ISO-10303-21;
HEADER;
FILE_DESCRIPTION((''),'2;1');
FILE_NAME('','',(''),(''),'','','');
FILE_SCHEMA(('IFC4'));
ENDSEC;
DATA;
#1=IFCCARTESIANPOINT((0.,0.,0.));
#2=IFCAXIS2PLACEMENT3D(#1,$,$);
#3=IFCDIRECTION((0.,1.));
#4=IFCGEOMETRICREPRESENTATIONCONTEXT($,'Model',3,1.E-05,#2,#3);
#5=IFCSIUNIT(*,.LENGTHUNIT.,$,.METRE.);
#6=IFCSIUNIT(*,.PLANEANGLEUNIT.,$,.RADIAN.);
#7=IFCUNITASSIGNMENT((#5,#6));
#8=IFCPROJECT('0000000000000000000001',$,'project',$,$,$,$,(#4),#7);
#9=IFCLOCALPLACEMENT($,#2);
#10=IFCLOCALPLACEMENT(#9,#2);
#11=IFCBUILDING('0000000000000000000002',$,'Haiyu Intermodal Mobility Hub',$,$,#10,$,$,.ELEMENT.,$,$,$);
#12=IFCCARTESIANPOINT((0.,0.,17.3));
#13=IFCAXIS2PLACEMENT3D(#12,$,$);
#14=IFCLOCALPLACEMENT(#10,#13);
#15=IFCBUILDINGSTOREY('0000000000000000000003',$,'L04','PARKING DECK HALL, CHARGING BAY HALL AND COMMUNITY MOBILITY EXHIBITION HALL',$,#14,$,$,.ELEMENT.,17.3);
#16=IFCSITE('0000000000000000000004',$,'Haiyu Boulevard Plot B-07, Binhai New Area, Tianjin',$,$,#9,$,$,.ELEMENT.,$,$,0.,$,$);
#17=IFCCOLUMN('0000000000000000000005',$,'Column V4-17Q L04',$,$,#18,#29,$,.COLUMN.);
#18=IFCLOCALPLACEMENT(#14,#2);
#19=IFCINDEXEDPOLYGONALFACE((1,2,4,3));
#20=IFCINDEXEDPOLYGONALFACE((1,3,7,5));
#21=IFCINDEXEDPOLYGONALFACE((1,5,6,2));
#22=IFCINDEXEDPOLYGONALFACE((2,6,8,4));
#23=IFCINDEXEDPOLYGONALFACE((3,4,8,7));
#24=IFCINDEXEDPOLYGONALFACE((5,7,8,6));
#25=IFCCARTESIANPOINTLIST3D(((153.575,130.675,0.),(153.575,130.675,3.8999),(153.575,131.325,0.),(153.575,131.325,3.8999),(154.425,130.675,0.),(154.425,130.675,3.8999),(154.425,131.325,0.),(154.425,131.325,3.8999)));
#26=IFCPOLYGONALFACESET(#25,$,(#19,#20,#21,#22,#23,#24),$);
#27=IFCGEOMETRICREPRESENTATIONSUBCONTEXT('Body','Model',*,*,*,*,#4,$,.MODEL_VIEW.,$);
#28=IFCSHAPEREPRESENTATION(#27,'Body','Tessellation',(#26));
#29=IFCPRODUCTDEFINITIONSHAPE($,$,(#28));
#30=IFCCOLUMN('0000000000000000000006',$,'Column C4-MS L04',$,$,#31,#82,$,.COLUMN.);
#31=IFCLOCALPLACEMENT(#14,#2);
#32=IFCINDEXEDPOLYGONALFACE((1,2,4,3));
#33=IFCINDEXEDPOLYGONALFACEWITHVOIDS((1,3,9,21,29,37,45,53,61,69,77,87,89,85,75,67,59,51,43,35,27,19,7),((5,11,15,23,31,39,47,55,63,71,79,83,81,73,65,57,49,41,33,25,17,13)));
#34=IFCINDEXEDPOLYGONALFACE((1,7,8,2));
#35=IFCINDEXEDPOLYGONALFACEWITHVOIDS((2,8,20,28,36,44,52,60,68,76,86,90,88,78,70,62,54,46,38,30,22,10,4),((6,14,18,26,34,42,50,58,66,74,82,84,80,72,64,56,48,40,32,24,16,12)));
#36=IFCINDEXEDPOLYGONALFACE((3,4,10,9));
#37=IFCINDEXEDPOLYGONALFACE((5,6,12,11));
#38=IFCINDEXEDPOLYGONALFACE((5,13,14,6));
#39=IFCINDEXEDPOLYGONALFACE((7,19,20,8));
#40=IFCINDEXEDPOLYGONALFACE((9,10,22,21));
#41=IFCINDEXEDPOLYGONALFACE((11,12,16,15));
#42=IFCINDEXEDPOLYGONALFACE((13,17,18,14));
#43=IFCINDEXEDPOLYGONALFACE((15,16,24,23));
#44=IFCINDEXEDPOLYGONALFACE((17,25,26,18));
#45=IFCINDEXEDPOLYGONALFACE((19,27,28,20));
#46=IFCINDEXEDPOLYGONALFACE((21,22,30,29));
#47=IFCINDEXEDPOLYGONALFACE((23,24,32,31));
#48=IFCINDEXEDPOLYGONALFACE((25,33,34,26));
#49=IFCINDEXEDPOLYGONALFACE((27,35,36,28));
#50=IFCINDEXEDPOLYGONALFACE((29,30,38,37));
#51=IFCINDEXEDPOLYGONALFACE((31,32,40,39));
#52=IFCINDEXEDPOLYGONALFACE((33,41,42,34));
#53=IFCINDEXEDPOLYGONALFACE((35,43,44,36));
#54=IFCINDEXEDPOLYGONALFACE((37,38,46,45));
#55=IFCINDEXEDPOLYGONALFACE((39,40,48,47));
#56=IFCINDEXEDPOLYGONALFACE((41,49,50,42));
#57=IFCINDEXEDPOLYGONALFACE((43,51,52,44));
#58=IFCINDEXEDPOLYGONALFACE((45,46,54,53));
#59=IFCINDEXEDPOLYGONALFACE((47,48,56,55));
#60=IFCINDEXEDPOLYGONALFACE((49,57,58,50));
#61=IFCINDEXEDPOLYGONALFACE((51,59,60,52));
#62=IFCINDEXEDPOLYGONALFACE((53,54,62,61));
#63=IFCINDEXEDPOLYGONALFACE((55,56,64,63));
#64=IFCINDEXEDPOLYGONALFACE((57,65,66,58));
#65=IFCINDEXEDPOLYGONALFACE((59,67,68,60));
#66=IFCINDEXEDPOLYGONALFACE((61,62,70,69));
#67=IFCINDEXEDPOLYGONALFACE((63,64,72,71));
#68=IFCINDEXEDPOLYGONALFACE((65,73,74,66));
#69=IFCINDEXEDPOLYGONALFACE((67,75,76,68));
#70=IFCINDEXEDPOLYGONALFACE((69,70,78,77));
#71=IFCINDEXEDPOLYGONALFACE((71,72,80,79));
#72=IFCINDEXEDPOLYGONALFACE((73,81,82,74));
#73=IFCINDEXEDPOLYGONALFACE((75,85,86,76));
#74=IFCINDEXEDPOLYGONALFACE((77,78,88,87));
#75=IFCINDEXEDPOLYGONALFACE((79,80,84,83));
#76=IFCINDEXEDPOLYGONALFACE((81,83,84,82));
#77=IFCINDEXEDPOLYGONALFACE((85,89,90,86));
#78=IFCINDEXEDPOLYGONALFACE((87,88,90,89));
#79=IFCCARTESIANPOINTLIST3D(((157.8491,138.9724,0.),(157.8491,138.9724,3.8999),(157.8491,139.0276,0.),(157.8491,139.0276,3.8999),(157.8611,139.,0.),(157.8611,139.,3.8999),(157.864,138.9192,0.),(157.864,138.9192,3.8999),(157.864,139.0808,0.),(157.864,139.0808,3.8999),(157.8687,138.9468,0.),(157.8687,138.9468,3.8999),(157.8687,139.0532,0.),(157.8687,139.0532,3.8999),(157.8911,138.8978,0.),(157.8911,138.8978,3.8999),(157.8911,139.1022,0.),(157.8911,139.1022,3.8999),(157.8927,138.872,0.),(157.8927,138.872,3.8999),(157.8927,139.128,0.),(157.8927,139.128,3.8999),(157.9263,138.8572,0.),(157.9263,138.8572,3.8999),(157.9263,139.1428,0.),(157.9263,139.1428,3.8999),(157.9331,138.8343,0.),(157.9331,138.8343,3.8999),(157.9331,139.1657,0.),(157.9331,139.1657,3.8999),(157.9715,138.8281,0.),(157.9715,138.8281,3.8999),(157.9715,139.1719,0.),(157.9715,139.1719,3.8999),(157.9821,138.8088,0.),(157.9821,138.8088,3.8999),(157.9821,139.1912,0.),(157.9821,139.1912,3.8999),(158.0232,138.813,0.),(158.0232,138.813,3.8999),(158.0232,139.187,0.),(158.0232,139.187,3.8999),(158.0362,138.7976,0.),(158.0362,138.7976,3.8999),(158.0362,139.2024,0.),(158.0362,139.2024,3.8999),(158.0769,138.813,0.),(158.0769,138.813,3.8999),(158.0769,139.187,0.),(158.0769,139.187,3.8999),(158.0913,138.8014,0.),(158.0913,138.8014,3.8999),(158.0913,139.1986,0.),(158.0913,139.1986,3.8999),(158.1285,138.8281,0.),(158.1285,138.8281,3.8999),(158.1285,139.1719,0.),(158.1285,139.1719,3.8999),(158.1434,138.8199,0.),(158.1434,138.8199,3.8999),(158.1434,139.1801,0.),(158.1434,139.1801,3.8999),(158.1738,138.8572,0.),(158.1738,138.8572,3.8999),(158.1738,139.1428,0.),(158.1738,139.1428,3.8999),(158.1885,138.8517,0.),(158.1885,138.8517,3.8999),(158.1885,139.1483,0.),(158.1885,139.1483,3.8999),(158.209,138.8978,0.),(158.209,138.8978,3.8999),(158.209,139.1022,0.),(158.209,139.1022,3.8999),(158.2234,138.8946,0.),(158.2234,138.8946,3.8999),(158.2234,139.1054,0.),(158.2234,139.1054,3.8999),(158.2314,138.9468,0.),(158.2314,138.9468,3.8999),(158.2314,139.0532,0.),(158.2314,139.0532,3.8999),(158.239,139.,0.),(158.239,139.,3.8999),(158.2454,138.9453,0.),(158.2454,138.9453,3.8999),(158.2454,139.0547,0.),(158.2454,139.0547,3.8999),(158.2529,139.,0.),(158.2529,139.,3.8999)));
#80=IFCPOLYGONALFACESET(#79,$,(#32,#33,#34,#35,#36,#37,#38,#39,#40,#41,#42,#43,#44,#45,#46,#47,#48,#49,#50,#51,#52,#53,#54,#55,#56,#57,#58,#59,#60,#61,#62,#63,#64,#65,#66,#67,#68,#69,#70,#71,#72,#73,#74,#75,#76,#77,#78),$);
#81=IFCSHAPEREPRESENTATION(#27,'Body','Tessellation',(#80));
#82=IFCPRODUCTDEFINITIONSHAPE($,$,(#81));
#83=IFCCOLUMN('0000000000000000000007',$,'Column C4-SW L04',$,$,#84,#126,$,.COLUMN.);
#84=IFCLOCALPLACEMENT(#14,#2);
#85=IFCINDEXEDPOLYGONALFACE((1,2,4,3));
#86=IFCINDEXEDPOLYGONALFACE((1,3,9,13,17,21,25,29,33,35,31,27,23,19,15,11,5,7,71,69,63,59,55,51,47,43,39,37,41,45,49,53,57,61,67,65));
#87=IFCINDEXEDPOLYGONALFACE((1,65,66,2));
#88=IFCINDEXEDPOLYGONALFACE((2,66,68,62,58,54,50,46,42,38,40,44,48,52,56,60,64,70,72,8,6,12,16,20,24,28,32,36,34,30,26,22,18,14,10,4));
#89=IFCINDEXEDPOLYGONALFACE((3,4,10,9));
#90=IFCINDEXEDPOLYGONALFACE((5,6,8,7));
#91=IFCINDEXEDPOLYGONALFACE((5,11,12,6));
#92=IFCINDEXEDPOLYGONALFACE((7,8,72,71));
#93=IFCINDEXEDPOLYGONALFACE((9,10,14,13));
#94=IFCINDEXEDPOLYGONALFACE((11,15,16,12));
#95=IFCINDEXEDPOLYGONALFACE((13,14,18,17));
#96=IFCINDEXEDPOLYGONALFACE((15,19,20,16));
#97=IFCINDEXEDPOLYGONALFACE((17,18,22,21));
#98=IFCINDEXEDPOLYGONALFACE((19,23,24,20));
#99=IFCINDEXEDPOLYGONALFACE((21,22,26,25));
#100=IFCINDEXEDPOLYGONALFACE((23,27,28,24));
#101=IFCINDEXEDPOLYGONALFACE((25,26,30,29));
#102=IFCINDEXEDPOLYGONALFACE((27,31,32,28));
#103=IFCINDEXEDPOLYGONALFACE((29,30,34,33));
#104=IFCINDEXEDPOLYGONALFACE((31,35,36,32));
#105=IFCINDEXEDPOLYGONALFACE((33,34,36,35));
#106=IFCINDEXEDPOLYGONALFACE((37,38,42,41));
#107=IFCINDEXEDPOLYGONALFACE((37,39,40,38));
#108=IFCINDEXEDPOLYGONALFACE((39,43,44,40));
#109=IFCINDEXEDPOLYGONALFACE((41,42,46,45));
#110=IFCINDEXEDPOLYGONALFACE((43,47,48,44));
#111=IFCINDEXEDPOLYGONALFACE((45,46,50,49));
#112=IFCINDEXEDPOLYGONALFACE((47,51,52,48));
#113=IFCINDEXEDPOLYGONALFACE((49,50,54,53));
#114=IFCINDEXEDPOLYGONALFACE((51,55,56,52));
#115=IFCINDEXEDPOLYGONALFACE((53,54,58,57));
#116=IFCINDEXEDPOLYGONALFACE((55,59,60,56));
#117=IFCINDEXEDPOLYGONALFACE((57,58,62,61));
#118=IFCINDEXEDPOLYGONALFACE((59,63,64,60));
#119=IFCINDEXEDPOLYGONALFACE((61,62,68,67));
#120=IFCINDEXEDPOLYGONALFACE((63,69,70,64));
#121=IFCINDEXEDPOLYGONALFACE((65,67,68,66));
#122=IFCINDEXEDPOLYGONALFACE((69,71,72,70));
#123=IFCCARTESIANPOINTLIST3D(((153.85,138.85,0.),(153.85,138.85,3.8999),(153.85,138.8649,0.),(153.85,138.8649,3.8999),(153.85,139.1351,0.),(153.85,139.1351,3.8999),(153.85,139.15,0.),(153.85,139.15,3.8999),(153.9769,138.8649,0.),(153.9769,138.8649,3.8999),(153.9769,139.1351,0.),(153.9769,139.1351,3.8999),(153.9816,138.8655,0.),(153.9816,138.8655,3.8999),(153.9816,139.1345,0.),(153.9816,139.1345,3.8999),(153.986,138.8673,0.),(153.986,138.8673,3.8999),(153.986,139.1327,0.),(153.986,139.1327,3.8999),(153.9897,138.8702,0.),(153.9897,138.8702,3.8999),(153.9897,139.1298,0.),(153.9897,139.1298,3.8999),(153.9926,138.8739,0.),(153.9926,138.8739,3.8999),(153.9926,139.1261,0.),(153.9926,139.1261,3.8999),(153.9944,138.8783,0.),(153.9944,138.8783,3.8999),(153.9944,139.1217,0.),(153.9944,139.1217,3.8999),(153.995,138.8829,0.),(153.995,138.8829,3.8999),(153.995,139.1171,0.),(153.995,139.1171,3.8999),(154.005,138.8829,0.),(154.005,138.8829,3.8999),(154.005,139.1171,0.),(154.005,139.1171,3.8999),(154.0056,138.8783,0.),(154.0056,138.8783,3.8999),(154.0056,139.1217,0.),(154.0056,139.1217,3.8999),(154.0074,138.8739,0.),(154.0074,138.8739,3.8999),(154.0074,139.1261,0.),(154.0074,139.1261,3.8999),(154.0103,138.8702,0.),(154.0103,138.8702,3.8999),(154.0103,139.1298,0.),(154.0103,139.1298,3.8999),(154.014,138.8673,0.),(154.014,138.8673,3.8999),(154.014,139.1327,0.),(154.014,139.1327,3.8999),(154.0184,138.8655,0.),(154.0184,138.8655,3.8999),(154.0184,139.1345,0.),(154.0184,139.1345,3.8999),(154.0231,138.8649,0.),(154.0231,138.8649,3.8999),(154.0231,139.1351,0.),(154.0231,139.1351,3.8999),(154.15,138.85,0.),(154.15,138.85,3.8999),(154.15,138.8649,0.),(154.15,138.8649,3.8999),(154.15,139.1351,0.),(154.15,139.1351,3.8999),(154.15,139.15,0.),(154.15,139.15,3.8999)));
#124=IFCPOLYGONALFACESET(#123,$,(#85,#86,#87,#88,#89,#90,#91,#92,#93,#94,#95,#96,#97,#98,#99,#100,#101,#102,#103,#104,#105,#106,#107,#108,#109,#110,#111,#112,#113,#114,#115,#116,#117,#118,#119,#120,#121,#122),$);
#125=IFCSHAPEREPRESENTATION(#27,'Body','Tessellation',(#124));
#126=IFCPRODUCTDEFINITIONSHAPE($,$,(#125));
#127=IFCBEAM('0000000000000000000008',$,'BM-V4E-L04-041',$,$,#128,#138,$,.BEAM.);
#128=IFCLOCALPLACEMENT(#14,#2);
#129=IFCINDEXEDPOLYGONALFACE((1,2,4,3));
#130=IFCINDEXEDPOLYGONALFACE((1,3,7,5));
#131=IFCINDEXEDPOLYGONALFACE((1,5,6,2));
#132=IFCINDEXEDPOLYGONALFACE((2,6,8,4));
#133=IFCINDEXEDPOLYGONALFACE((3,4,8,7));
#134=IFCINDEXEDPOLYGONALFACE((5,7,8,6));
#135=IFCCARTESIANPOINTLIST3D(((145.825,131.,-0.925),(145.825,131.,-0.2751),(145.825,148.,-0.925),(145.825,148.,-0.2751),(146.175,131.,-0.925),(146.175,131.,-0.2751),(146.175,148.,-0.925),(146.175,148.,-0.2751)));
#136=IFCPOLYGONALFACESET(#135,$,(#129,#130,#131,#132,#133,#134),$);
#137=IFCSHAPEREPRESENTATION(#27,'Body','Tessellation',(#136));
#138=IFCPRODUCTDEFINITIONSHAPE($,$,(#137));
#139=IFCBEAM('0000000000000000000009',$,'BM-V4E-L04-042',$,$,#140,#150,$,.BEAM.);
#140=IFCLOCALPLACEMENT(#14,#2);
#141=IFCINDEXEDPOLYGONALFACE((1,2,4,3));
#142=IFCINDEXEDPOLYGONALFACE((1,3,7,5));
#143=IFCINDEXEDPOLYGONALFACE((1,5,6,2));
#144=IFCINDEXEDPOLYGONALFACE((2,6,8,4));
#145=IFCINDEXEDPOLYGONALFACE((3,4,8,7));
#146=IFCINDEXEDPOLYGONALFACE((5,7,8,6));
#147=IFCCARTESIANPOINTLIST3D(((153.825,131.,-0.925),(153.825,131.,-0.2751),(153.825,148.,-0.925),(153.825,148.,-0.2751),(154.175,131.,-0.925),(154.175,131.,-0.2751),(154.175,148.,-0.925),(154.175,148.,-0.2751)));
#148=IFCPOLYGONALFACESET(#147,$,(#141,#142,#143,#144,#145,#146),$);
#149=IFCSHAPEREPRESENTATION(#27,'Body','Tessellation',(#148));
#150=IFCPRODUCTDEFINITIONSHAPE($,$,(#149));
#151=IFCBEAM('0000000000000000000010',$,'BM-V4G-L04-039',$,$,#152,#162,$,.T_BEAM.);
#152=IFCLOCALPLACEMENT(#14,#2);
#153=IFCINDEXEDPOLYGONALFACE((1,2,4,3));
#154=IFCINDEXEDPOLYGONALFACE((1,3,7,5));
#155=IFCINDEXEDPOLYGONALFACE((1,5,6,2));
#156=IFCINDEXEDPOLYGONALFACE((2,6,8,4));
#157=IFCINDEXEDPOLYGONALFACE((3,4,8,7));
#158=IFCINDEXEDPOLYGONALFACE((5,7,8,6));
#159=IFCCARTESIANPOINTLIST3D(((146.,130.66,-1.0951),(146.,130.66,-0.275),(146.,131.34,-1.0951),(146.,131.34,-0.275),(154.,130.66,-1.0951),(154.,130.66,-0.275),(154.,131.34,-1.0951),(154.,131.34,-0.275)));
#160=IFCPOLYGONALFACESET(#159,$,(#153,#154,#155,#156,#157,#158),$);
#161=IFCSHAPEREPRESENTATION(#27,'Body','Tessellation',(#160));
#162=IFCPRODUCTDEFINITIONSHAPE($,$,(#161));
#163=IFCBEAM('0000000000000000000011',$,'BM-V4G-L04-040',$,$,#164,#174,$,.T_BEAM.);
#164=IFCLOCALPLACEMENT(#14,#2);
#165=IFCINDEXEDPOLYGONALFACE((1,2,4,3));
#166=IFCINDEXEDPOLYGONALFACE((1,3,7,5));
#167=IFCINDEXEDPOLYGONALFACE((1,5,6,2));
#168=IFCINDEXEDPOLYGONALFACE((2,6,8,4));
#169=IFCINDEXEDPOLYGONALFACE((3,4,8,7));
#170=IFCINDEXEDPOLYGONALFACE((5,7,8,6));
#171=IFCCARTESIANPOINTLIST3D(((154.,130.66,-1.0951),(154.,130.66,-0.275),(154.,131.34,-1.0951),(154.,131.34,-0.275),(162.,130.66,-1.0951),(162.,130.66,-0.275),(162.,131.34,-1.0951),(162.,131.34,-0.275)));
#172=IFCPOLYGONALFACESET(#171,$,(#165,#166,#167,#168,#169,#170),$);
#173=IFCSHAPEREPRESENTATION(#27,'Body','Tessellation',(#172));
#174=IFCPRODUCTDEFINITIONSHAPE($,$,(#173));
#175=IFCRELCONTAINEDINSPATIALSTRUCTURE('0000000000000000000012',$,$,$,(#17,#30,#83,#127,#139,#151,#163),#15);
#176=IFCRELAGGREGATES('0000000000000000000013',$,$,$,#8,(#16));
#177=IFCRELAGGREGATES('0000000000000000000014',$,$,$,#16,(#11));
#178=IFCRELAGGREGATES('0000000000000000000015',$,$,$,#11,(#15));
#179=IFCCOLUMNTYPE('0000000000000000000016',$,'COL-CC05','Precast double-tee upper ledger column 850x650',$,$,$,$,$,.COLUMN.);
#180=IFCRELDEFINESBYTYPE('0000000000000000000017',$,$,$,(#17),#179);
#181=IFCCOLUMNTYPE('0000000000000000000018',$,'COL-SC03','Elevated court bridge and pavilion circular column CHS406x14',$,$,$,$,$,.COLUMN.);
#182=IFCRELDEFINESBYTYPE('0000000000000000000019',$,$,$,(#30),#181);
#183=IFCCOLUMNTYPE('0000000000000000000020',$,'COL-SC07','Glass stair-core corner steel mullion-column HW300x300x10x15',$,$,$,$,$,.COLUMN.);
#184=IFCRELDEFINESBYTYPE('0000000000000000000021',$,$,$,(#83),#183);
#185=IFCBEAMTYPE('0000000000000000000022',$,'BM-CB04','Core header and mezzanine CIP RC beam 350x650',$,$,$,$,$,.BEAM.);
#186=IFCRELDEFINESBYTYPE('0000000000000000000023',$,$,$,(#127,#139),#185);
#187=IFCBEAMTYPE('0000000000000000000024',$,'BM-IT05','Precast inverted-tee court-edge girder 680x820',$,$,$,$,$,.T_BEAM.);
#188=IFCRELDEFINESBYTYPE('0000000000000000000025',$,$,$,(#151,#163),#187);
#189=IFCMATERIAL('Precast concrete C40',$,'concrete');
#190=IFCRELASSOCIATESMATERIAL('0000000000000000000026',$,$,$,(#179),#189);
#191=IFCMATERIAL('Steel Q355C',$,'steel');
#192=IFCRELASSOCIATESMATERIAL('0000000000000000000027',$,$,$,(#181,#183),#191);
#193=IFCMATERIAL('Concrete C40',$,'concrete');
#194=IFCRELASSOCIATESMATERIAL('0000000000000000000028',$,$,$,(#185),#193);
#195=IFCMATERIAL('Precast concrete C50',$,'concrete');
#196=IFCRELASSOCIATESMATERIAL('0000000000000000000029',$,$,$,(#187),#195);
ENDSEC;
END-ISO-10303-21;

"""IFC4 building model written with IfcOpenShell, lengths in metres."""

from ifc_helpers import new_model, si_unit, direction, frame, origin, origin_2d, place, context, subcontext, project, spatial, rectangle, hollow_circle, i_section, extrude, material, material_profile, profile_set, type_object, element, save


model = new_model("IFC4")

# Units and contexts
model_context = context("Model", 3, precision=1e-05, world=origin(), true_north=direction((0.0, 1.0)))
body_context = subcontext(model_context, "Body", "Model", "MODEL_VIEW")
ifc_project = project(units=[si_unit("LENGTHUNIT", "METRE"), si_unit("PLANEANGLEUNIT", "RADIAN")], contexts=[model_context])

# Site, building, storey
site_placement = place(None, origin())
site = spatial("IfcSite", under=ifc_project, at=site_placement, Name="Haiyu Boulevard Plot B-07, Binhai New Area, Tianjin", CompositionType="ELEMENT", RefElevation=0.0)
building_placement = place(site_placement, origin())
building = spatial("IfcBuilding", under=site, at=building_placement, Name="Haiyu Intermodal Mobility Hub", CompositionType="ELEMENT")
storey_placement = place(building_placement, frame((0.0, 0.0, 17.3)))
storey = spatial("IfcBuildingStorey", under=building, at=storey_placement, Name="L04", Description="PARKING DECK HALL, CHARGING BAY HALL AND COMMUNITY MOBILITY EXHIBITION HALL", CompositionType="ELEMENT", Elevation=17.3)

# Columns
ifc_material_1 = material(Name="Precast concrete C40", Category="concrete")
ifc_material_profile_1 = material_profile(ifc_material_1, rectangle(XDim=0.8501, YDim=0.6499, at=origin_2d()), Name="RC850x650")
ifc_profile_set_1 = profile_set([ifc_material_profile_1], Name="Precast concrete C40")
column_type_1 = type_object("IfcColumnType", Name="COL-CC05", Description="Precast double-tee upper ledger column 850x650", PredefinedType="COLUMN", material=ifc_profile_set_1)
column_1_placement = place(storey_placement, frame((154.0, 131.0, 0.0), z_axis=(0.0, 0.0, 1.0), x_axis=(1.0, 0.0, 0.0)))
element("IfcColumn", 1, at=column_1_placement, inside=storey, type_object=column_type_1, Name="Column V4-17Q L04", PredefinedType="COLUMN", context=body_context, shape_type="SweptSolid", body=[
    extrude(rectangle(XDim=0.8501, YDim=0.6499, at=origin_2d()), origin(), (0.0, 0.0, 1.0), 3.8999),
])
ifc_material_2 = material(Name="Steel Q355C", Category="steel")
ifc_material_profile_2 = material_profile(ifc_material_2, hollow_circle(Radius=0.2029, WallThickness=0.0139, at=origin_2d()), Name="CHS406x14")
ifc_profile_set_2 = profile_set([ifc_material_profile_2], Name="Steel Q355C")
column_type_2 = type_object("IfcColumnType", Name="COL-SC03", Description="Elevated court bridge and pavilion circular column CHS406x14", PredefinedType="COLUMN", material=ifc_profile_set_2)
column_2_placement = place(storey_placement, frame((158.05, 139.0, 0.0), z_axis=(0.0, 0.0, 1.0), x_axis=(1.0, 0.0, 0.0)))
element("IfcColumn", 2, at=column_2_placement, inside=storey, type_object=column_type_2, Name="Column C4-MS L04", PredefinedType="COLUMN", context=body_context, shape_type="SweptSolid", body=[
    extrude(hollow_circle(Radius=0.2029, WallThickness=0.0139, at=origin_2d()), origin(), (0.0, 0.0, 1.0), 3.8999),
])
ifc_material_profile_3 = material_profile(ifc_material_2, i_section(OverallWidth=0.3, OverallDepth=0.3, WebThickness=0.01, FlangeThickness=0.0149, FilletRadius=0.0181, at=origin_2d()), Name="HW300x300x10x15")
ifc_profile_set_3 = profile_set([ifc_material_profile_3], Name="Steel Q355C")
column_type_3 = type_object("IfcColumnType", Name="COL-SC07", Description="Glass stair-core corner steel mullion-column HW300x300x10x15", PredefinedType="COLUMN", material=ifc_profile_set_3)
column_3_placement = place(storey_placement, frame((154.0, 139.0, 0.0), z_axis=(0.0, 0.0, 1.0), x_axis=(1.0, 0.0, 0.0)))
element("IfcColumn", 3, at=column_3_placement, inside=storey, type_object=column_type_3, Name="Column C4-SW L04", PredefinedType="COLUMN", context=body_context, shape_type="SweptSolid", body=[
    extrude(i_section(OverallWidth=0.3, OverallDepth=0.3, WebThickness=0.01, FlangeThickness=0.0149, FilletRadius=0.0181, at=origin_2d()), origin(), (0.0, 0.0, 1.0), 3.8999),
])

# Beams
ifc_material_3 = material(Name="Concrete C40", Category="concrete")
ifc_material_profile_4 = material_profile(ifc_material_3, rectangle(XDim=0.3501, YDim=0.6499, at=origin_2d()), Name="RCB350x650")
ifc_profile_set_4 = profile_set([ifc_material_profile_4], Name="Concrete C40")
beam_type_1 = type_object("IfcBeamType", Name="BM-CB04", Description="Core header and mezzanine CIP RC beam 350x650", PredefinedType="BEAM", material=ifc_profile_set_4)
for number, where, z_axis, x_axis, name in (
    (4, (146.0, 131.0, -0.6001), (0.0, 1.0, 0.0), (-1.0, 0.0, 0.0), "BM-V4E-L04-041"),
    (5, (154.0, 131.0, -0.6001), (0.0, 1.0, 0.0), (-1.0, 0.0, 0.0), "BM-V4E-L04-042"),
):
    element("IfcBeam", number, at=place(storey_placement, frame(where, z_axis=z_axis, x_axis=x_axis)), inside=storey, type_object=beam_type_1, Name=name, PredefinedType="BEAM", context=body_context, shape_type="SweptSolid", body=[
        extrude(rectangle(XDim=0.3501, YDim=0.6499, at=origin_2d()), origin(), (0.0, 0.0, 1.0), 17.0),
    ])
ifc_material_4 = material(Name="Precast concrete C50", Category="concrete")
ifc_material_profile_5 = material_profile(ifc_material_4, rectangle(XDim=0.6799, YDim=0.8201, at=origin_2d()), Name="B680x820")
ifc_profile_set_5 = profile_set([ifc_material_profile_5], Name="Precast concrete C50")
beam_type_2 = type_object("IfcBeamType", Name="BM-IT05", Description="Precast inverted-tee court-edge girder 680x820", PredefinedType="T_BEAM", material=ifc_profile_set_5)
for number, where, z_axis, x_axis, name in (
    (6, (146.0, 131.0, -0.6851), (1.0, 0.0, 0.0), (0.0, 1.0, 0.0), "BM-V4G-L04-039"),
    (7, (154.0, 131.0, -0.6851), (1.0, 0.0, 0.0), (0.0, 1.0, 0.0), "BM-V4G-L04-040"),
):
    element("IfcBeam", number, at=place(storey_placement, frame(where, z_axis=z_axis, x_axis=x_axis)), inside=storey, type_object=beam_type_2, Name=name, PredefinedType="T_BEAM", context=body_context, shape_type="SweptSolid", body=[
        extrude(rectangle(XDim=0.6799, YDim=0.8201, at=origin_2d()), origin(), (0.0, 0.0, 1.0), 8.0),
    ])

save(model, "model.ifc")
